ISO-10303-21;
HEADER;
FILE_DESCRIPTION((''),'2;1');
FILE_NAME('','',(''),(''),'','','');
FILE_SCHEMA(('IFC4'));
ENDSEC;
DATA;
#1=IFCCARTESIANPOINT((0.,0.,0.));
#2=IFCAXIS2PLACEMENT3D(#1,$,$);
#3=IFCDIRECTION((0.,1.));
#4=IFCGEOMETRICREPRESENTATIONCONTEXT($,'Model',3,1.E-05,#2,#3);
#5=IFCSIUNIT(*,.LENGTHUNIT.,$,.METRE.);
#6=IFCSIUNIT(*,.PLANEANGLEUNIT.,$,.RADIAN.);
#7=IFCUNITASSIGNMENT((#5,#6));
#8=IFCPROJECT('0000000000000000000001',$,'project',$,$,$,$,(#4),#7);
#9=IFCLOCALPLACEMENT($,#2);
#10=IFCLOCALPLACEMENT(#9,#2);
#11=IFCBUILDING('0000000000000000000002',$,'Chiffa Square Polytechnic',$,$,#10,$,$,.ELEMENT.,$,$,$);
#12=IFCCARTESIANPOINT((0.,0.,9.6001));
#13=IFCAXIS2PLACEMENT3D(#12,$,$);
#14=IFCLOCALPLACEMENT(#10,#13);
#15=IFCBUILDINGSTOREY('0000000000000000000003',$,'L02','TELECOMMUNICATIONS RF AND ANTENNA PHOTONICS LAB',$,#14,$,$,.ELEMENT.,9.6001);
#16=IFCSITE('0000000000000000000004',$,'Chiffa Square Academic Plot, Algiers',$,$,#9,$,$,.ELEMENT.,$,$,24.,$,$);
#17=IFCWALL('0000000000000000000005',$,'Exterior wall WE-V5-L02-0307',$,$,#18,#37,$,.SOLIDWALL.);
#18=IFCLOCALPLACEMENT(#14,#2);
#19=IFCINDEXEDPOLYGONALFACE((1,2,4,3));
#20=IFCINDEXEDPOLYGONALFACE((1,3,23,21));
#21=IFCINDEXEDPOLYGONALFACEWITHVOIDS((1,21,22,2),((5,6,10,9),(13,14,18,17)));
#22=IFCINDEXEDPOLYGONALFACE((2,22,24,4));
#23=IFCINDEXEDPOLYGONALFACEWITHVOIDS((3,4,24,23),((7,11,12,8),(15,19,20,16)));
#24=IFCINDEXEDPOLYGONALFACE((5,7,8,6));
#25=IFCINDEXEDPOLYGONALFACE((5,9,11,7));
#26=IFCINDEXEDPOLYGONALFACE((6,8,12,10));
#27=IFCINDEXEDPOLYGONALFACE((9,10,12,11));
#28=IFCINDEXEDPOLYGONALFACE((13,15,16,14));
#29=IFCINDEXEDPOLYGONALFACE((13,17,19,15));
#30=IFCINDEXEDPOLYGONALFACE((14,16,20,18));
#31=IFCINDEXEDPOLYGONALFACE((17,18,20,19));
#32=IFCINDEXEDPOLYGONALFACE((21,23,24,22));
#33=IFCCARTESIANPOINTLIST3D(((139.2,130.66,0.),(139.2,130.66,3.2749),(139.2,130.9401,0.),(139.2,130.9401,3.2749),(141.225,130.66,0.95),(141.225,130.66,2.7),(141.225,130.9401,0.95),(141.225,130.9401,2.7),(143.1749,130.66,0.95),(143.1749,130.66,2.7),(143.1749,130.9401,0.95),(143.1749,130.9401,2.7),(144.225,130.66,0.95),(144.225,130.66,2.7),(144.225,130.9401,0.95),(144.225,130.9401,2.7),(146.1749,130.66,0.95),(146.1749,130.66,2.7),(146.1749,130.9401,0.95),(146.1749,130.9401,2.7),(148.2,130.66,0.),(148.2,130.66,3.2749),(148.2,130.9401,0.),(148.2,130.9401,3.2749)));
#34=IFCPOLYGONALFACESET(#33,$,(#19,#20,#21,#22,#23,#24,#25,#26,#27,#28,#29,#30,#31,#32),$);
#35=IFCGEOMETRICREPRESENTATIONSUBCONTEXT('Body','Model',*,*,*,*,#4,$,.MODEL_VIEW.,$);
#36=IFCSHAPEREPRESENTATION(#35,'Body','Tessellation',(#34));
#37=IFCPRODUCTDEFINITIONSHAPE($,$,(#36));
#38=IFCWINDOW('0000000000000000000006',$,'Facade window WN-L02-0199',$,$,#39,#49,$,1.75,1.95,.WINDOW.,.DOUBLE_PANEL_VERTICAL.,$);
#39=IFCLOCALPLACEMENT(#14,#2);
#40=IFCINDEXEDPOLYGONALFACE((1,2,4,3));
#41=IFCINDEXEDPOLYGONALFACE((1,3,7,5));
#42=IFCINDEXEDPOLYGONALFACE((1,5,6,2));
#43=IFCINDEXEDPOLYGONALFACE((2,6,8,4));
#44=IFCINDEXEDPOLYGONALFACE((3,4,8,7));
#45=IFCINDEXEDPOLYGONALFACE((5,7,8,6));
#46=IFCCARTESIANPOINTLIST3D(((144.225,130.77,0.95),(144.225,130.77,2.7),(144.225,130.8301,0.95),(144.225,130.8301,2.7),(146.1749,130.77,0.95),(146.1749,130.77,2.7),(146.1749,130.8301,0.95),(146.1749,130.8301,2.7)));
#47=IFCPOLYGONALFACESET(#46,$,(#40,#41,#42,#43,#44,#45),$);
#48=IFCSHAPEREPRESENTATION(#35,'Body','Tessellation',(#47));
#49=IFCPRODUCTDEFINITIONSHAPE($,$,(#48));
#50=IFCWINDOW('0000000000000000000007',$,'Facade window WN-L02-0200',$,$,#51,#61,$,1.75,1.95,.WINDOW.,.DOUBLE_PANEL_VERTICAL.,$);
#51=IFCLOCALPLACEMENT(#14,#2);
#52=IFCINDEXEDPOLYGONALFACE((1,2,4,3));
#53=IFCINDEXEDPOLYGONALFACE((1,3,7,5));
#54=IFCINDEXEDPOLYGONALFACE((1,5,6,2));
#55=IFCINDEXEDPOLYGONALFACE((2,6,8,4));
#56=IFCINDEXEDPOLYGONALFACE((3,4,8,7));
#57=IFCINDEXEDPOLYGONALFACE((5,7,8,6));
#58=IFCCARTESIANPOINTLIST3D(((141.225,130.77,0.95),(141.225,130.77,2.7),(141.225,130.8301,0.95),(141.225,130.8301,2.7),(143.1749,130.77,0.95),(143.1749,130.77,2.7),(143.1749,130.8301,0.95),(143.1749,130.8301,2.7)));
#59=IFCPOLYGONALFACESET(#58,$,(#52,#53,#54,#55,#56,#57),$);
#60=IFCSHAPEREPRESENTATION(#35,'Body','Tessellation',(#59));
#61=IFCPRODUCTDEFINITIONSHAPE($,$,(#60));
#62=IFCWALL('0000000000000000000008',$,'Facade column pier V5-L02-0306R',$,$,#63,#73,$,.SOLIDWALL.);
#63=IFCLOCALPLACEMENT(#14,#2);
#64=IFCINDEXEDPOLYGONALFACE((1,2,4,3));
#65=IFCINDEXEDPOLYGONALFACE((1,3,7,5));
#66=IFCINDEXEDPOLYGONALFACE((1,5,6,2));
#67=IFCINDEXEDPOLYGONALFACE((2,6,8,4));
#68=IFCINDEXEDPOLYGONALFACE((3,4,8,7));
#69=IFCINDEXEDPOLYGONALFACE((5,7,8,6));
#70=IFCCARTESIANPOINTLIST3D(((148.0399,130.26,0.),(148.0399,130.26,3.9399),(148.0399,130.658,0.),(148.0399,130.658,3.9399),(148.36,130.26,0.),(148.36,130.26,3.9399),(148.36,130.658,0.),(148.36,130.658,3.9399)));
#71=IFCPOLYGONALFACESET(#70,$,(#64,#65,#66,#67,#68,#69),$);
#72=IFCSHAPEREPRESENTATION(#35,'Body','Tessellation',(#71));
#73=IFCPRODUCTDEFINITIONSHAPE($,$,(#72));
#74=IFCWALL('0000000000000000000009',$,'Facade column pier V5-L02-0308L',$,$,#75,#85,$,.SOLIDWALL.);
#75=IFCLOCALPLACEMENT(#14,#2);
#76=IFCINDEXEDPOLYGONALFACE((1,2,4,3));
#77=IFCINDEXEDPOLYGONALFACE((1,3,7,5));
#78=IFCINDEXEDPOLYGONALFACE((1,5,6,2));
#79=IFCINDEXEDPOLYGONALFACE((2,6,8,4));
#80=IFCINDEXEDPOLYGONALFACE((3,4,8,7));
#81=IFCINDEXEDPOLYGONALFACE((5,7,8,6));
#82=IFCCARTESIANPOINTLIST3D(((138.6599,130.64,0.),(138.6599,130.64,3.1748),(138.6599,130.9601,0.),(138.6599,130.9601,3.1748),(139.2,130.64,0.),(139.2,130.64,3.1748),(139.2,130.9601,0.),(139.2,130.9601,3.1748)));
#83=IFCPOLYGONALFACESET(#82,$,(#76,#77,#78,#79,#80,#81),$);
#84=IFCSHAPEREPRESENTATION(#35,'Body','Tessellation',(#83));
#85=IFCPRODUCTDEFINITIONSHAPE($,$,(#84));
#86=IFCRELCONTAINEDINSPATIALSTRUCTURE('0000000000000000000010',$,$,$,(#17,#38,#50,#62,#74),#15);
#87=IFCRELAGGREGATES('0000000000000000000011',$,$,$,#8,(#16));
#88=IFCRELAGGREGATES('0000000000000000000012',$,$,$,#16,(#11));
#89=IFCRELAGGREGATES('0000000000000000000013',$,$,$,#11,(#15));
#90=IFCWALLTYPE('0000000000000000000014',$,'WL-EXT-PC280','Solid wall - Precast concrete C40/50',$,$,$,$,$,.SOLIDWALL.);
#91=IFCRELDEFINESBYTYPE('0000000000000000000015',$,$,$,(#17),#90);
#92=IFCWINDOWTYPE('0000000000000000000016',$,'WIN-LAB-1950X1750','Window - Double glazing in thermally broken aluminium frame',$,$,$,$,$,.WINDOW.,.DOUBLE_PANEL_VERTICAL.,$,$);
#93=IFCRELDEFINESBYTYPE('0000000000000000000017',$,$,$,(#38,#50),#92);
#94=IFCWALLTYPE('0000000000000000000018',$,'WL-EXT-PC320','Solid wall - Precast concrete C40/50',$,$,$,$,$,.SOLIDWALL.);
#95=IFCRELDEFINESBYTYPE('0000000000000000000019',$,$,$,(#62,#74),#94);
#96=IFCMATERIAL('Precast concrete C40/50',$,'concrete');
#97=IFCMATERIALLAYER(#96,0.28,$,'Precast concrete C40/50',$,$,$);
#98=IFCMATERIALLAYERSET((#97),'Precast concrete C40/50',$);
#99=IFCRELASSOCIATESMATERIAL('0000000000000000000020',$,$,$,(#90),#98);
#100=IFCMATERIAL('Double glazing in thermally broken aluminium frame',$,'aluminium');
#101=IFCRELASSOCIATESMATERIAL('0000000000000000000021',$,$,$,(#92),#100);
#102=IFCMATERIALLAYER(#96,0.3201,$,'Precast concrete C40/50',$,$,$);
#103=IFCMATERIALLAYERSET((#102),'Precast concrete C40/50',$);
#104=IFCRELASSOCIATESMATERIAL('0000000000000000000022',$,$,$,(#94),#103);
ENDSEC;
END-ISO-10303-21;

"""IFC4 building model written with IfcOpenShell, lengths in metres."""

from ifc_helpers import new_model, si_unit, direction, frame, frame_2d, origin, place, context, subcontext, project, spatial, rectangle, extrude, material, layer, layer_set, type_object, element, fill, save


model = new_model("IFC4")

# Units and contexts
model_context = context("Model", 3, precision=1e-05, world=origin(), true_north=direction((0.0, 1.0)))
body_context = subcontext(model_context, "Body", "Model", "MODEL_VIEW")
ifc_project = project(units=[si_unit("LENGTHUNIT", "METRE"), si_unit("PLANEANGLEUNIT", "RADIAN")], contexts=[model_context])

# Site, building, storey
site_placement = place(None, origin())
site = spatial("IfcSite", under=ifc_project, at=site_placement, Name="Chiffa Square Academic Plot, Algiers", CompositionType="ELEMENT", RefElevation=24.0)
building_placement = place(site_placement, origin())
building = spatial("IfcBuilding", under=site, at=building_placement, Name="Chiffa Square Polytechnic", CompositionType="ELEMENT")
storey_placement = place(building_placement, frame((0.0, 0.0, 9.6001)))
storey = spatial("IfcBuildingStorey", under=building, at=storey_placement, Name="L02", Description="TELECOMMUNICATIONS RF AND ANTENNA PHOTONICS LAB", CompositionType="ELEMENT", Elevation=9.6001)

# Wall, openings, windows
ifc_material_1 = material(Name="Precast concrete C40/50", Category="concrete")
ifc_layer_1 = layer(ifc_material_1, 0.28, Name="Precast concrete C40/50")
ifc_layer_set_1 = layer_set([ifc_layer_1], Name="Precast concrete C40/50")
wall_type_1 = type_object("IfcWallType", Name="WL-EXT-PC280", Description="Solid wall - Precast concrete C40/50", PredefinedType="SOLIDWALL", material=ifc_layer_set_1)
wall_1_placement = place(storey_placement, frame((148.2, 130.8, 0.0), z_axis=(0.0, 0.0, 1.0), x_axis=(-1.0, 0.0, 0.0)))
wall_1 = element("IfcWall", 1, at=wall_1_placement, inside=storey, type_object=wall_type_1, Name="Exterior wall WE-V5-L02-0307", PredefinedType="SOLIDWALL", context=body_context, shape_type="SweptSolid", body=[
    extrude(rectangle(XDim=9.0, YDim=0.28, at=frame_2d((4.5, 0.0))), origin(), (0.0, 0.0, 1.0), 3.2749),
])
opening_1_placement = place(wall_1_placement, frame((2.0249, 0.0, 0.95)))
opening_1 = element("IfcOpeningElement", 2, at=opening_1_placement, cuts=wall_1, PredefinedType="OPENING", context=body_context, shape_type="SweptSolid", body=[
    extrude(rectangle(XDim=1.95, YDim=1.75, at=frame_2d((0.9751, 0.875))), frame((0.0, 0.1499, 0.0), z_axis=(0.0, -1.0, 0.0), x_axis=(1.0, 0.0, 0.0)), (0.0, 0.0, 1.0), 0.3),
])
opening_2_placement = place(wall_1_placement, frame((5.0249, 0.0, 0.95)))
opening_2 = element("IfcOpeningElement", 3, at=opening_2_placement, cuts=wall_1, PredefinedType="OPENING", context=body_context, shape_type="SweptSolid", body=[
    extrude(rectangle(XDim=1.95, YDim=1.75, at=frame_2d((0.9751, 0.875))), frame((0.0, 0.1499, 0.0), z_axis=(0.0, -1.0, 0.0), x_axis=(1.0, 0.0, 0.0)), (0.0, 0.0, 1.0), 0.3),
])
ifc_material_2 = material(Name="Double glazing in thermally broken aluminium frame", Category="aluminium")
window_type = type_object("IfcWindowType", Name="WIN-LAB-1950X1750", Description="Window - Double glazing in thermally broken aluminium frame", PartitioningType="DOUBLE_PANEL_VERTICAL", PredefinedType="WINDOW", material=ifc_material_2)
window_1_placement = place(opening_1_placement, origin())
window_1 = element("IfcWindow", 4, at=window_1_placement, inside=storey, type_object=window_type, Name="Facade window WN-L02-0199", OverallHeight=1.75, OverallWidth=1.95, PartitioningType="DOUBLE_PANEL_VERTICAL", PredefinedType="WINDOW", context=body_context, shape_type="SweptSolid", body=[
    extrude(rectangle(XDim=1.95, YDim=1.75, at=frame_2d((0.9751, 0.875))), frame((0.0, 0.03, 0.0), z_axis=(0.0, -1.0, 0.0), x_axis=(1.0, 0.0, 0.0)), (0.0, 0.0, 1.0), 0.0601),
])
fill(opening_1, window_1)
window_2_placement = place(opening_2_placement, origin())
window_2 = element("IfcWindow", 5, at=window_2_placement, inside=storey, type_object=window_type, Name="Facade window WN-L02-0200", OverallHeight=1.75, OverallWidth=1.95, PartitioningType="DOUBLE_PANEL_VERTICAL", PredefinedType="WINDOW", context=body_context, shape_type="SweptSolid", body=[
    extrude(rectangle(XDim=1.95, YDim=1.75, at=frame_2d((0.9751, 0.875))), frame((0.0, 0.03, 0.0), z_axis=(0.0, -1.0, 0.0), x_axis=(1.0, 0.0, 0.0)), (0.0, 0.0, 1.0), 0.0601),
])
fill(opening_2, window_2)

# Walls
ifc_layer_2 = layer(ifc_material_1, 0.3201, Name="Precast concrete C40/50")
ifc_layer_set_2 = layer_set([ifc_layer_2], Name="Precast concrete C40/50")
wall_type_2 = type_object("IfcWallType", Name="WL-EXT-PC320", Description="Solid wall - Precast concrete C40/50", PredefinedType="SOLIDWALL", material=ifc_layer_set_2)
wall_2_placement = place(storey_placement, frame((148.2, 130.26, 0.0), z_axis=(0.0, 0.0, 1.0), x_axis=(0.0, 1.0, 0.0)))
element("IfcWall", 6, at=wall_2_placement, inside=storey, type_object=wall_type_2, Name="Facade column pier V5-L02-0306R", PredefinedType="SOLIDWALL", context=body_context, shape_type="SweptSolid", body=[
    extrude(rectangle(XDim=0.3979, YDim=0.3201, at=frame_2d((0.199, 0.0))), origin(), (0.0, 0.0, 1.0), 3.9399),
])
wall_3_placement = place(storey_placement, frame((139.2, 130.8, 0.0), z_axis=(0.0, 0.0, 1.0), x_axis=(-1.0, 0.0, 0.0)))
element("IfcWall", 7, at=wall_3_placement, inside=storey, type_object=wall_type_2, Name="Facade column pier V5-L02-0308L", PredefinedType="SOLIDWALL", context=body_context, shape_type="SweptSolid", body=[
    extrude(rectangle(XDim=0.54, YDim=0.3201, at=frame_2d((0.27, 0.0))), origin(), (0.0, 0.0, 1.0), 3.1748),
])

save(model, "model.ifc")
